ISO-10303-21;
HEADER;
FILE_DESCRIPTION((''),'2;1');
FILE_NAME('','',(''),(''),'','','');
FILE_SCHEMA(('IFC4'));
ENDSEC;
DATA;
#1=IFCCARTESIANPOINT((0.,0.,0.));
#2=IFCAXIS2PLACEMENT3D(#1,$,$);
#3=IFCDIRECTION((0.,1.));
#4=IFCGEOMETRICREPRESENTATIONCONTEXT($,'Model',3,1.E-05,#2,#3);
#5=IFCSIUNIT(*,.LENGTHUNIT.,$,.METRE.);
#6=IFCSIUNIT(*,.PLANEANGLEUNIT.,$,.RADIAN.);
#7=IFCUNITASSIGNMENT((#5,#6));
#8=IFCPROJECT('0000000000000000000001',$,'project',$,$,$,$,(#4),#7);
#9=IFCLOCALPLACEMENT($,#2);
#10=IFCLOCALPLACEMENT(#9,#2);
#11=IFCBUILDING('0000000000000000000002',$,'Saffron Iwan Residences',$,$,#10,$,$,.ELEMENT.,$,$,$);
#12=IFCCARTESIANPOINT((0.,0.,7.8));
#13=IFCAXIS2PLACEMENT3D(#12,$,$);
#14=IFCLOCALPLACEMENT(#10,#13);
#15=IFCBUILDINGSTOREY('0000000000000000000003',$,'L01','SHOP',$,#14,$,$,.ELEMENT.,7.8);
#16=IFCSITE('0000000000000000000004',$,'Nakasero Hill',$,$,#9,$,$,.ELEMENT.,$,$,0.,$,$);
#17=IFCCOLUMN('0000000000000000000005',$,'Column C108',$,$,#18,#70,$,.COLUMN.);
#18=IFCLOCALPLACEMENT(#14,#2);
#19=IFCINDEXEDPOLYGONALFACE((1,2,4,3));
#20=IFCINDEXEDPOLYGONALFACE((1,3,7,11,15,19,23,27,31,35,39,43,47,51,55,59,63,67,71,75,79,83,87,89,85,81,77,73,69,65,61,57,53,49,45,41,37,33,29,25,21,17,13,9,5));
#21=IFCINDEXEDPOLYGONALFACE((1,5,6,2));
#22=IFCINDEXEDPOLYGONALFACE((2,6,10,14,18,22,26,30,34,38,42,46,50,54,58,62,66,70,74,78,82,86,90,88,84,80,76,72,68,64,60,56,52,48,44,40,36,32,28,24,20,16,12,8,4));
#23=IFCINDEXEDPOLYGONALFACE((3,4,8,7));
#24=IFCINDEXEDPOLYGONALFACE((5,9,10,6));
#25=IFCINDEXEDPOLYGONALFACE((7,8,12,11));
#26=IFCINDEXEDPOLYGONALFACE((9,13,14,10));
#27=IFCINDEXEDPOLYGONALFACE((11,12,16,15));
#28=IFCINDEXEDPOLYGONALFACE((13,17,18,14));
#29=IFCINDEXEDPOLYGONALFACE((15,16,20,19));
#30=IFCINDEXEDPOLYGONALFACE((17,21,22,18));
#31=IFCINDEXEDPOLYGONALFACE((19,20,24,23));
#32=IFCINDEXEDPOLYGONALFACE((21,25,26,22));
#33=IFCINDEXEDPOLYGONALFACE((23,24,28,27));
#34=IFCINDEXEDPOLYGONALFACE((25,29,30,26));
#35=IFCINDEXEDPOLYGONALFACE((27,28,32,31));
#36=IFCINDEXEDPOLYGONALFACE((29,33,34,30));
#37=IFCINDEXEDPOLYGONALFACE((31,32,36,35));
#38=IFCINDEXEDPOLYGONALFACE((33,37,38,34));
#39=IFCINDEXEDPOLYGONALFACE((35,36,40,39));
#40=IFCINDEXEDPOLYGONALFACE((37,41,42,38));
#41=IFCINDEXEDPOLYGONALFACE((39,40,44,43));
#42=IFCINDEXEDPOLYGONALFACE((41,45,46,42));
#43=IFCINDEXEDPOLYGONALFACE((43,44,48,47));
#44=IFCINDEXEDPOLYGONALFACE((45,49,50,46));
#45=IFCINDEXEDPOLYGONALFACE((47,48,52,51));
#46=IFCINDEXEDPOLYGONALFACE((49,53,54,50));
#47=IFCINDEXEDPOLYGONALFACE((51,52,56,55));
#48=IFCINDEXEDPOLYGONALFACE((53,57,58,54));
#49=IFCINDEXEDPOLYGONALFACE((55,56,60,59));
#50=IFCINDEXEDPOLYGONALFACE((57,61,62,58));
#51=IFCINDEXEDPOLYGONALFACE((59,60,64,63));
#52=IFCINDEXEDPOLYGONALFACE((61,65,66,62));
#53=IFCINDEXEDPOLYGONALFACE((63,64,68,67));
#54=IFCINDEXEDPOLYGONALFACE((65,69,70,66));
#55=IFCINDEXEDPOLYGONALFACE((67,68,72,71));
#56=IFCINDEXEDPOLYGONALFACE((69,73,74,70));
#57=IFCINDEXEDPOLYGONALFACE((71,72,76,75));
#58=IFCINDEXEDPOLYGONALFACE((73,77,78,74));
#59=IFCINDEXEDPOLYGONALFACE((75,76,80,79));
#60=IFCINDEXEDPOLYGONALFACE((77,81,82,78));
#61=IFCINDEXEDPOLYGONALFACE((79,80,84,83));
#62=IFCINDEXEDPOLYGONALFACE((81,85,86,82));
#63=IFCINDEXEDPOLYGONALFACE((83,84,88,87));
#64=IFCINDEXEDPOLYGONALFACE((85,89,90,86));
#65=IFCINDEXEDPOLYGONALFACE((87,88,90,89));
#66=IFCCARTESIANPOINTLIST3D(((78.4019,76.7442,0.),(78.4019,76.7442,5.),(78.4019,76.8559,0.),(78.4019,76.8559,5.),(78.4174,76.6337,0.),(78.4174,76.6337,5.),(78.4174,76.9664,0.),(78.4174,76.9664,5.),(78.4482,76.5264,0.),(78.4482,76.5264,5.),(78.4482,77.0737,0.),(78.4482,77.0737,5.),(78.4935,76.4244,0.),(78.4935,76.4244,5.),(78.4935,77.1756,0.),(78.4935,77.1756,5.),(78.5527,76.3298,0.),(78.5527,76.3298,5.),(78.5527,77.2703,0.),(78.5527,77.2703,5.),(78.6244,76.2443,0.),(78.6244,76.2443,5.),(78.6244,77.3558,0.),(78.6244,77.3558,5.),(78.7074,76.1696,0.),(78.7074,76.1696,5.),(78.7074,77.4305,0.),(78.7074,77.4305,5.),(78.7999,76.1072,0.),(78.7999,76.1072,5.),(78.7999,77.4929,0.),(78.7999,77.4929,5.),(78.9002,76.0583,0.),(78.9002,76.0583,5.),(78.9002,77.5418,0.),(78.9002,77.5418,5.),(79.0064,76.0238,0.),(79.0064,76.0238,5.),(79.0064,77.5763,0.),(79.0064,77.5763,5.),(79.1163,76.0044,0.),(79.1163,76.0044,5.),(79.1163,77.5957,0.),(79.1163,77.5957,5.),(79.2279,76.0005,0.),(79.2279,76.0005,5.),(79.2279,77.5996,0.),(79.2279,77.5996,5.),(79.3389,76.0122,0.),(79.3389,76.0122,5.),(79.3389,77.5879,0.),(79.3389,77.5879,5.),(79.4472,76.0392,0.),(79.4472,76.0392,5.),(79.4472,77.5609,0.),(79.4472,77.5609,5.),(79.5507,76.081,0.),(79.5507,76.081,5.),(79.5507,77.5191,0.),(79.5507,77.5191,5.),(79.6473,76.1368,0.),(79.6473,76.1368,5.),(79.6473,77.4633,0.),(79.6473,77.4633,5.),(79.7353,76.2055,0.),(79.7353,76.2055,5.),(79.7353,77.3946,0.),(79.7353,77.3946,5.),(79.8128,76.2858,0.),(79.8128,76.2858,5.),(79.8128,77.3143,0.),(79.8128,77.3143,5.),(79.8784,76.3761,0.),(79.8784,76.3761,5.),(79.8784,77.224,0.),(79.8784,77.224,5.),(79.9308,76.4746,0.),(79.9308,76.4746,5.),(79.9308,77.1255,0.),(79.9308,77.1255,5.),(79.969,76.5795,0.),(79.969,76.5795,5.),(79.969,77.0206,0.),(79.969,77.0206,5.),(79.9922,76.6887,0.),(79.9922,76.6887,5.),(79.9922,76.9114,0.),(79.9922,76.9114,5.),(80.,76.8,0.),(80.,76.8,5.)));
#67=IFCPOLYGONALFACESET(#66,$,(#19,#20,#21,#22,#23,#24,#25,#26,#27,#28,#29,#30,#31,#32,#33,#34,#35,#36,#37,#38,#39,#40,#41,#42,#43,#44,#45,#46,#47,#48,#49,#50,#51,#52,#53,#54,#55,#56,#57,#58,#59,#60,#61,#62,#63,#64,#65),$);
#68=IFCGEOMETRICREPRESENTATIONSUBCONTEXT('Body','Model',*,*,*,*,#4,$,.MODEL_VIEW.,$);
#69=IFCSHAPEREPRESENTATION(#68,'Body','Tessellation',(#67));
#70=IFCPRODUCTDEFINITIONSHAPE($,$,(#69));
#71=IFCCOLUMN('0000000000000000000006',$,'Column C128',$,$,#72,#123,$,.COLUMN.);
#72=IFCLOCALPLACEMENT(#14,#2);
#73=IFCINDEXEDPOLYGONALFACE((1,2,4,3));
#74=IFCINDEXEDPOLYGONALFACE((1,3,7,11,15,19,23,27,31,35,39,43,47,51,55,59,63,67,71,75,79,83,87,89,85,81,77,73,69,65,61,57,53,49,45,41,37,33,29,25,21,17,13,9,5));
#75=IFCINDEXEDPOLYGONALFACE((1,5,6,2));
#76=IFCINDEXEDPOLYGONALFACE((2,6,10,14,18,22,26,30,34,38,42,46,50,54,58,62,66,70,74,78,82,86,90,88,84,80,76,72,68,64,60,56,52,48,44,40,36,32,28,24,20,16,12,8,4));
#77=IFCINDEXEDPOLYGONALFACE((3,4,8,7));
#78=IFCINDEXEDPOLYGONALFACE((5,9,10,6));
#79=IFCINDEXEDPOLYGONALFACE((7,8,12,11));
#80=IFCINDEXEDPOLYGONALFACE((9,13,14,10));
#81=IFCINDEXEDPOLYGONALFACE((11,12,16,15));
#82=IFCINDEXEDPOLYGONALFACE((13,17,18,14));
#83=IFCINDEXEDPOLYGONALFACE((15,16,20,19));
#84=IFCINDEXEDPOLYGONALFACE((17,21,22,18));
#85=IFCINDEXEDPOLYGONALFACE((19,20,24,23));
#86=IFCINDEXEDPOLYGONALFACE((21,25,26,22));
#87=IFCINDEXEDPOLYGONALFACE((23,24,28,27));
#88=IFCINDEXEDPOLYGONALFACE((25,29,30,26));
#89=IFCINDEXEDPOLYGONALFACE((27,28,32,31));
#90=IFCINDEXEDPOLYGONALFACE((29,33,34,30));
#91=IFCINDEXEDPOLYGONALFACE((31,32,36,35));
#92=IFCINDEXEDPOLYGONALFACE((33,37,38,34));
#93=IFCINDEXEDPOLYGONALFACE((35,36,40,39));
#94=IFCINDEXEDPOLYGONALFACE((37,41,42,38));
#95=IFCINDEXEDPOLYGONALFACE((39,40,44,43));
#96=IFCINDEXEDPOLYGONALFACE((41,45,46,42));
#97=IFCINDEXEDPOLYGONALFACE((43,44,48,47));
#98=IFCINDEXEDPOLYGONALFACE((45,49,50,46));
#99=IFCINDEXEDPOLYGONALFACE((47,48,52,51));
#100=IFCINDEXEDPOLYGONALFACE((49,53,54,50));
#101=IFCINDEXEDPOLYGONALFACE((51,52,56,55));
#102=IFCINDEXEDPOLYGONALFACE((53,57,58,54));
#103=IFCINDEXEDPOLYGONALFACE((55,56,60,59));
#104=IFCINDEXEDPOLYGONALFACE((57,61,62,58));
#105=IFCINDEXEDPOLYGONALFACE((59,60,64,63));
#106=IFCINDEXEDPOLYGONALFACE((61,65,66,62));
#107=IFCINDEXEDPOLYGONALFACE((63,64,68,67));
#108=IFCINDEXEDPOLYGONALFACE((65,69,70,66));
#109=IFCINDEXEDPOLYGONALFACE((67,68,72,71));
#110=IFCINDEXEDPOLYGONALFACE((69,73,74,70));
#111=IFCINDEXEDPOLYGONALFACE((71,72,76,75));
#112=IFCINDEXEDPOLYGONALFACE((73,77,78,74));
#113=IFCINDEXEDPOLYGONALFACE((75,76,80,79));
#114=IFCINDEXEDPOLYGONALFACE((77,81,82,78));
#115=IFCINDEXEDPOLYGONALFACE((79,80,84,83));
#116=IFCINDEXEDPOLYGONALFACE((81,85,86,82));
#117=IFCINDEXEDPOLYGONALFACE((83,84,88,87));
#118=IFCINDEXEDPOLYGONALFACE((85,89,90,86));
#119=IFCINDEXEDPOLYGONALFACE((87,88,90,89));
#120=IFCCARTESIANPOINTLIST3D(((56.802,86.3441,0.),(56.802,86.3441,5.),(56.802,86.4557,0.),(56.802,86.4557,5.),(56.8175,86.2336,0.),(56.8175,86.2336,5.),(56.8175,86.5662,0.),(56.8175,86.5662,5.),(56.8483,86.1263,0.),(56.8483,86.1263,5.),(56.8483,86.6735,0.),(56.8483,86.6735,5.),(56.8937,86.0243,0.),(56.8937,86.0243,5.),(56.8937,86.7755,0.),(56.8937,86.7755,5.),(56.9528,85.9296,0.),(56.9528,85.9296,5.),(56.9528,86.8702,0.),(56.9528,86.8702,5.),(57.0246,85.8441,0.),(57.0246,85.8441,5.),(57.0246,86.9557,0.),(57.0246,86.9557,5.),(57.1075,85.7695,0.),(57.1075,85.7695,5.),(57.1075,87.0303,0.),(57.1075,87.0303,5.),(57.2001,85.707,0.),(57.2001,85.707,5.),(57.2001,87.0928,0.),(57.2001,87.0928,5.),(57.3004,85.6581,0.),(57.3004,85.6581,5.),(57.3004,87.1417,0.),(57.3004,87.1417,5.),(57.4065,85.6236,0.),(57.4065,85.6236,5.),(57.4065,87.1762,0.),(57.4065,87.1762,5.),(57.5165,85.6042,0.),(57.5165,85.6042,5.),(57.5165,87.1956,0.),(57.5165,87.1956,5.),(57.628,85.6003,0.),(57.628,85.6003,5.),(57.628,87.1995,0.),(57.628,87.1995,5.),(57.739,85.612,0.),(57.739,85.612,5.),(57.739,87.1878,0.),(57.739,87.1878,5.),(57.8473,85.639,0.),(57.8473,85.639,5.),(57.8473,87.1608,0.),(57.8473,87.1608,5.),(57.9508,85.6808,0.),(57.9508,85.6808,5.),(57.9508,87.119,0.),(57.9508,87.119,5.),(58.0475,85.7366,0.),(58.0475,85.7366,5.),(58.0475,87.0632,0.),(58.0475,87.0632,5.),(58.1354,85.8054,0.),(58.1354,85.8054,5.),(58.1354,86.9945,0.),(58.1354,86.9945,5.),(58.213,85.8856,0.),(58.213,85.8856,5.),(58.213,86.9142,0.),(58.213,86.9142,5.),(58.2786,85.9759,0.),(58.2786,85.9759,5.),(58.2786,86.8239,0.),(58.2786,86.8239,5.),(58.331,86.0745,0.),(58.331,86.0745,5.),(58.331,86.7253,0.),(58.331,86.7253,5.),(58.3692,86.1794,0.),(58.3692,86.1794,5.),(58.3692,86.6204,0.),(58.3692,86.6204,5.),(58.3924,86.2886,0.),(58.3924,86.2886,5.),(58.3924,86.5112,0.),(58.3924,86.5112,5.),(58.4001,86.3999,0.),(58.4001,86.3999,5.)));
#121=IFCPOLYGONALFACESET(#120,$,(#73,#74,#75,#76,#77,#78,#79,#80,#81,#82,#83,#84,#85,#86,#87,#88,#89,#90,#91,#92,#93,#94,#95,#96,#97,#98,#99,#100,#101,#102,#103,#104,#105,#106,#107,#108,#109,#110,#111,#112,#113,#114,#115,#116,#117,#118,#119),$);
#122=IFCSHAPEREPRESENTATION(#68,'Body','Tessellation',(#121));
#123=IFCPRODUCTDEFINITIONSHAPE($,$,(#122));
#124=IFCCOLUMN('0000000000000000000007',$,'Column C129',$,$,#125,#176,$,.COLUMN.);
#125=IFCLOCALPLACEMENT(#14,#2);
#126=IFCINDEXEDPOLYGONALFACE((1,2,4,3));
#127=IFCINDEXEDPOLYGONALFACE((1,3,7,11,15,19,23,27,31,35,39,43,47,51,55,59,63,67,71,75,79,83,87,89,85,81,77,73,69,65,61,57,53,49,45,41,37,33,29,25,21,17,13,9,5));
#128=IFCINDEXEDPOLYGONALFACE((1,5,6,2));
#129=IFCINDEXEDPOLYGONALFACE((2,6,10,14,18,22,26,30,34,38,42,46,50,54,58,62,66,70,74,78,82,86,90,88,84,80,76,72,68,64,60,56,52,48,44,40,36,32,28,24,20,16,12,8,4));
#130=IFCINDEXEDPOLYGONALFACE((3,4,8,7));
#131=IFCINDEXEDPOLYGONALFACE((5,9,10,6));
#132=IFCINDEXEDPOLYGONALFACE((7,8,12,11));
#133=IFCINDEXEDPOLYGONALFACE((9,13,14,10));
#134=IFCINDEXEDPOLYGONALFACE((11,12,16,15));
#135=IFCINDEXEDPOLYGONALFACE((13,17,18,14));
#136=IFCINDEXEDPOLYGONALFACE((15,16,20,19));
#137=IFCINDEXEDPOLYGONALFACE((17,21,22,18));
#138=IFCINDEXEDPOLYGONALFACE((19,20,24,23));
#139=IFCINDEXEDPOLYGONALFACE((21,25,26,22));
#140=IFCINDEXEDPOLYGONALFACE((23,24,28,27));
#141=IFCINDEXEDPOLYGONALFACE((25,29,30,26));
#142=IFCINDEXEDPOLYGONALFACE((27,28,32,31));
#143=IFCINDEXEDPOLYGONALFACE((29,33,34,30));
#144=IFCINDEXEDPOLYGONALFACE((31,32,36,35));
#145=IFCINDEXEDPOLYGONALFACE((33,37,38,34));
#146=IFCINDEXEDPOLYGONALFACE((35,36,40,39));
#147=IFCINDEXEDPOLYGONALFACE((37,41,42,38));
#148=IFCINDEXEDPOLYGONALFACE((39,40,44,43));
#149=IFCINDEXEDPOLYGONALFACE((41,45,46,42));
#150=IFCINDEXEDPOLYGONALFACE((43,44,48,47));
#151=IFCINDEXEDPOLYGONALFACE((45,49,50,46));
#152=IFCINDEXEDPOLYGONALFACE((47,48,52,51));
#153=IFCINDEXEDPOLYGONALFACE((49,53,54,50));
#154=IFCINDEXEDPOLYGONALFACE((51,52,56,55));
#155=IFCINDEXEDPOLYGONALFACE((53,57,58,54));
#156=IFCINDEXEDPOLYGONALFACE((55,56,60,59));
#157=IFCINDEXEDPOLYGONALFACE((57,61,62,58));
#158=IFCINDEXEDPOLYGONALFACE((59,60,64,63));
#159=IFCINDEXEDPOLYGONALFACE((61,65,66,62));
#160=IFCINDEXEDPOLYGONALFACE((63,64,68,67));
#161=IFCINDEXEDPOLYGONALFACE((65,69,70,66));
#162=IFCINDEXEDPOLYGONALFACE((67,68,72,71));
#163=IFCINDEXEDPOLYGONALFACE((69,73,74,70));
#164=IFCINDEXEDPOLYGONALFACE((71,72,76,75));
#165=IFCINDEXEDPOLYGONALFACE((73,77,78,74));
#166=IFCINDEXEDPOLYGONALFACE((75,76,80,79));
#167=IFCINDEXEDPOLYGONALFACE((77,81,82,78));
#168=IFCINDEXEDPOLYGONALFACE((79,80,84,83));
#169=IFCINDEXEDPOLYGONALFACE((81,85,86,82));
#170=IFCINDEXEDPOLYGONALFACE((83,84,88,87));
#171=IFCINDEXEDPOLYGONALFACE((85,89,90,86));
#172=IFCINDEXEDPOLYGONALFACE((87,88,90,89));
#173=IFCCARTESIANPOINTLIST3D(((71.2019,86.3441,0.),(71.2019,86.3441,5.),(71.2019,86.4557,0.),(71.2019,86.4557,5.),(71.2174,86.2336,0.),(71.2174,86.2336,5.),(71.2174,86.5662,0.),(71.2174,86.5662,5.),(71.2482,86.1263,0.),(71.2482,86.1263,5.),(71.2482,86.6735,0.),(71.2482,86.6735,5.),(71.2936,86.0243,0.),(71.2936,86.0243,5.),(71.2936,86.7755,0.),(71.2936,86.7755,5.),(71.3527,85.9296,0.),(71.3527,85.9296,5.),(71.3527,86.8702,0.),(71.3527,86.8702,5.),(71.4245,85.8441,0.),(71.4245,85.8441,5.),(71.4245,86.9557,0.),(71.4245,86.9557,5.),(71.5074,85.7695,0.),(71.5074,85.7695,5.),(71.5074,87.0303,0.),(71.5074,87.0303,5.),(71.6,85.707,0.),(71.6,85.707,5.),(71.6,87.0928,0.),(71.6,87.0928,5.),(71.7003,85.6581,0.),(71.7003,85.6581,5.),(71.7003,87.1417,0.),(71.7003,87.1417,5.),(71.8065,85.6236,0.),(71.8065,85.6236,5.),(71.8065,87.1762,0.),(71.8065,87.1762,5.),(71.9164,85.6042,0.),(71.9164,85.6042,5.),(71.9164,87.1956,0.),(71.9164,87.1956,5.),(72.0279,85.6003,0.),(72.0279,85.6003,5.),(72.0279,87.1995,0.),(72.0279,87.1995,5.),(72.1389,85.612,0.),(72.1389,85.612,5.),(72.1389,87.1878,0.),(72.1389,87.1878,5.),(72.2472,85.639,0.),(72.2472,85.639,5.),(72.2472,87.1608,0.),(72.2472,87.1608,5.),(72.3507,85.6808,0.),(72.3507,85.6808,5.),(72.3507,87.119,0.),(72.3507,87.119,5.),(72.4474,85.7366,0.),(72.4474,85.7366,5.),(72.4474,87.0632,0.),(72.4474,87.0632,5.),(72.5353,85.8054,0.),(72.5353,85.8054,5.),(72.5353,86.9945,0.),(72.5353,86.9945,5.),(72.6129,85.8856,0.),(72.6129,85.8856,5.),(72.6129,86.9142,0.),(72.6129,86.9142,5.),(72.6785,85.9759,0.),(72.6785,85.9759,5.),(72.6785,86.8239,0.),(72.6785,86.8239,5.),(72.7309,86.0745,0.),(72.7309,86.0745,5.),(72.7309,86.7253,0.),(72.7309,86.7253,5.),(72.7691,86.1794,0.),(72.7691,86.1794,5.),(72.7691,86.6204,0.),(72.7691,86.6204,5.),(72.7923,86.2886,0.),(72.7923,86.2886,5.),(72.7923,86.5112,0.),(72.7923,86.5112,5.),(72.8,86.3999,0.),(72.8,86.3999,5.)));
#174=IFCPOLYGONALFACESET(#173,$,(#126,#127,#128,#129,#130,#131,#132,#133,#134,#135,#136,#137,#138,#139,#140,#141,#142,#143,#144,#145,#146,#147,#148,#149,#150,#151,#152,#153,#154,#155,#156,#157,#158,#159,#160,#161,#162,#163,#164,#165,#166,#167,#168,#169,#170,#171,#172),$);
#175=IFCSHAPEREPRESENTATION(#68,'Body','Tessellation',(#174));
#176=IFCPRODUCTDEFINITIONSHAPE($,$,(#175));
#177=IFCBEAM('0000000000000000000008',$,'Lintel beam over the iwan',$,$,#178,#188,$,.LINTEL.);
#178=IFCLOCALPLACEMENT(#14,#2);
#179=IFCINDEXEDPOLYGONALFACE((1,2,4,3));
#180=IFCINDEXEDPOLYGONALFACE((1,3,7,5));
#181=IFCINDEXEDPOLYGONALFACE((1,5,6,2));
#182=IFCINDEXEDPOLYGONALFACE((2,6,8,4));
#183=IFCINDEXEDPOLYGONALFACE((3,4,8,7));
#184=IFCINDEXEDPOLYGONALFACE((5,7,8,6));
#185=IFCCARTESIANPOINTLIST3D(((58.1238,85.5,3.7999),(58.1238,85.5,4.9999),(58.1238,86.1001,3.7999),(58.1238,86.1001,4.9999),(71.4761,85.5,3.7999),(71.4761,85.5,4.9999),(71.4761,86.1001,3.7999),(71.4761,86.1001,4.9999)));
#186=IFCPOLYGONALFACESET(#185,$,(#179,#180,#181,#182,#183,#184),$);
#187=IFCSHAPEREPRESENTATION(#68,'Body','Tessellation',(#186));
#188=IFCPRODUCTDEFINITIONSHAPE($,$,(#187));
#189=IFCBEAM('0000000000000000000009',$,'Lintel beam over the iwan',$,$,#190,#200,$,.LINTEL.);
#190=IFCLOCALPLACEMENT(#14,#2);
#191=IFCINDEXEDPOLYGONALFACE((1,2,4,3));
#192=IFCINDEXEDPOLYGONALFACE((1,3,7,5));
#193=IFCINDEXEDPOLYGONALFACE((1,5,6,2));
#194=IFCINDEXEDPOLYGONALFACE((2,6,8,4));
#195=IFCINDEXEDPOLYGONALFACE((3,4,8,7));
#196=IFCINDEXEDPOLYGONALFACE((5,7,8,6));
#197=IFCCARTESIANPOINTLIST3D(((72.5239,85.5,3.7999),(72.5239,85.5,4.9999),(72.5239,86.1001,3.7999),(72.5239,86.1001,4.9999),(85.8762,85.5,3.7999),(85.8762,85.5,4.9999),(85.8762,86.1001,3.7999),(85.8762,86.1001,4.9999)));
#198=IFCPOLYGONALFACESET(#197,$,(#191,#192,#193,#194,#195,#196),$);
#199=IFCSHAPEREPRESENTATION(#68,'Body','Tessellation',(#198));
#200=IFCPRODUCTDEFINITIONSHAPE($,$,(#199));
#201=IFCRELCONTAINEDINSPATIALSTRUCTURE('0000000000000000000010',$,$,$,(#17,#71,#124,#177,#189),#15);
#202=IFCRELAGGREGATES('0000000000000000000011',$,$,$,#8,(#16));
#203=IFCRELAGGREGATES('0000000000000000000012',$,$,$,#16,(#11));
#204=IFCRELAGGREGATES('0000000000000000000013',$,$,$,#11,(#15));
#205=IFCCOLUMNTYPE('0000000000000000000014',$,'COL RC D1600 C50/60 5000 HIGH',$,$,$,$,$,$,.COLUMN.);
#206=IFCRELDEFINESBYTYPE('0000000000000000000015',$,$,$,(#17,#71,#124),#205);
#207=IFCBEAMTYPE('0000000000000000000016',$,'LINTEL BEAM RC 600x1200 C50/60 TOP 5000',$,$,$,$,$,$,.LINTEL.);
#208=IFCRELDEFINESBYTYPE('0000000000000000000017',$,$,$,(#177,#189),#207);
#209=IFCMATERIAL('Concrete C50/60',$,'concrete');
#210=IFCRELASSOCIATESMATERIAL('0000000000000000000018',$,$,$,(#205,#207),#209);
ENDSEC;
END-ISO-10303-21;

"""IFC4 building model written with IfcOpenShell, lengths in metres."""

from ifc_helpers import new_model, si_unit, direction, frame, origin, origin_2d, place, context, subcontext, project, spatial, rectangle, circle, extrude, source, transform, mapped, material, material_profile, profile_set, type_object, element, save


model = new_model("IFC4")

# Units and contexts
model_context = context("Model", 3, precision=1e-05, world=origin(), true_north=direction((0.0, 1.0)))
body_context = subcontext(model_context, "Body", "Model", "MODEL_VIEW")
ifc_project = project(units=[si_unit("LENGTHUNIT", "METRE"), si_unit("PLANEANGLEUNIT", "RADIAN")], contexts=[model_context])

# Site, building, storey
site_placement = place(None, origin())
site = spatial("IfcSite", under=ifc_project, at=site_placement, Name="Nakasero Hill", CompositionType="ELEMENT", RefElevation=0.0)
building_placement = place(site_placement, origin())
building = spatial("IfcBuilding", under=site, at=building_placement, Name="Saffron Iwan Residences", CompositionType="ELEMENT")
storey_placement = place(building_placement, frame((0.0, 0.0, 7.8)))
storey = spatial("IfcBuildingStorey", under=building, at=storey_placement, Name="L01", Description="SHOP", CompositionType="ELEMENT", Elevation=7.8)

# Columns
ifc_material_1 = material(Name="Concrete C50/60", Category="concrete")
ifc_material_profile_1 = material_profile(ifc_material_1, circle(Radius=0.8, at=origin_2d()), Name="RC D1600")
ifc_profile_set_1 = profile_set([ifc_material_profile_1], Name="Concrete C50/60")
column_type = type_object("IfcColumnType", Name="COL RC D1600 C50/60 5000 HIGH", PredefinedType="COLUMN", material=ifc_profile_set_1)
shared_shape_1 = source(origin(), body_context, "Body", "SweptSolid", [
    extrude(circle(Radius=0.8, at=origin_2d()), origin(), (0.0, 0.0, 1.0), 5.0),
])
for number, where, z_axis, x_axis, name in (
    (1, (79.2, 76.8, 0.0), (0.0, 0.0, 1.0), (1.0, 0.0, 0.0), "Column C108"),
    (2, (57.6001, 86.3999, 0.0), (0.0, 0.0, 1.0), (1.0, 0.0, 0.0), "Column C128"),
    (3, (72.0, 86.3999, 0.0), (0.0, 0.0, 1.0), (1.0, 0.0, 0.0), "Column C129"),
):
    element("IfcColumn", number, at=place(storey_placement, frame(where, z_axis=z_axis, x_axis=x_axis)), inside=storey, type_object=column_type, Name=name, PredefinedType="COLUMN", context=body_context, shape_type="MappedRepresentation", body=[
        mapped(shared_shape_1, transform((0.0, 0.0, 0.0))),
    ])

# Beams
ifc_material_profile_2 = material_profile(ifc_material_1, rectangle(XDim=0.6001, YDim=1.2, at=origin_2d()), Name="RC 600x1200")
ifc_profile_set_2 = profile_set([ifc_material_profile_2], Name="Concrete C50/60")
beam_type_1 = type_object("IfcBeamType", Name="LINTEL BEAM RC 600x1200 C50/60 TOP 5000", PredefinedType="LINTEL", material=ifc_profile_set_2)
shared_shape_2 = source(origin(), body_context, "Body", "SweptSolid", [
    extrude(rectangle(XDim=0.6001, YDim=1.2, at=origin_2d()), origin(), (0.0, 0.0, 1.0), 13.3523),
])
for number, where, z_axis, x_axis, name in (
    (4, (58.1238, 85.8, 4.3999), (1.0, 0.0, 0.0), (0.0, 1.0, 0.0), "Lintel beam over the iwan"),
    (5, (72.5239, 85.8, 4.3999), (1.0, 0.0, 0.0), (0.0, 1.0, 0.0), "Lintel beam over the iwan"),
):
    element("IfcBeam", number, at=place(storey_placement, frame(where, z_axis=z_axis, x_axis=x_axis)), inside=storey, type_object=beam_type_1, Name=name, PredefinedType="LINTEL", context=body_context, shape_type="MappedRepresentation", body=[
        mapped(shared_shape_2, transform((0.0, 0.0, 0.0))),
    ])

save(model, "model.ifc")
